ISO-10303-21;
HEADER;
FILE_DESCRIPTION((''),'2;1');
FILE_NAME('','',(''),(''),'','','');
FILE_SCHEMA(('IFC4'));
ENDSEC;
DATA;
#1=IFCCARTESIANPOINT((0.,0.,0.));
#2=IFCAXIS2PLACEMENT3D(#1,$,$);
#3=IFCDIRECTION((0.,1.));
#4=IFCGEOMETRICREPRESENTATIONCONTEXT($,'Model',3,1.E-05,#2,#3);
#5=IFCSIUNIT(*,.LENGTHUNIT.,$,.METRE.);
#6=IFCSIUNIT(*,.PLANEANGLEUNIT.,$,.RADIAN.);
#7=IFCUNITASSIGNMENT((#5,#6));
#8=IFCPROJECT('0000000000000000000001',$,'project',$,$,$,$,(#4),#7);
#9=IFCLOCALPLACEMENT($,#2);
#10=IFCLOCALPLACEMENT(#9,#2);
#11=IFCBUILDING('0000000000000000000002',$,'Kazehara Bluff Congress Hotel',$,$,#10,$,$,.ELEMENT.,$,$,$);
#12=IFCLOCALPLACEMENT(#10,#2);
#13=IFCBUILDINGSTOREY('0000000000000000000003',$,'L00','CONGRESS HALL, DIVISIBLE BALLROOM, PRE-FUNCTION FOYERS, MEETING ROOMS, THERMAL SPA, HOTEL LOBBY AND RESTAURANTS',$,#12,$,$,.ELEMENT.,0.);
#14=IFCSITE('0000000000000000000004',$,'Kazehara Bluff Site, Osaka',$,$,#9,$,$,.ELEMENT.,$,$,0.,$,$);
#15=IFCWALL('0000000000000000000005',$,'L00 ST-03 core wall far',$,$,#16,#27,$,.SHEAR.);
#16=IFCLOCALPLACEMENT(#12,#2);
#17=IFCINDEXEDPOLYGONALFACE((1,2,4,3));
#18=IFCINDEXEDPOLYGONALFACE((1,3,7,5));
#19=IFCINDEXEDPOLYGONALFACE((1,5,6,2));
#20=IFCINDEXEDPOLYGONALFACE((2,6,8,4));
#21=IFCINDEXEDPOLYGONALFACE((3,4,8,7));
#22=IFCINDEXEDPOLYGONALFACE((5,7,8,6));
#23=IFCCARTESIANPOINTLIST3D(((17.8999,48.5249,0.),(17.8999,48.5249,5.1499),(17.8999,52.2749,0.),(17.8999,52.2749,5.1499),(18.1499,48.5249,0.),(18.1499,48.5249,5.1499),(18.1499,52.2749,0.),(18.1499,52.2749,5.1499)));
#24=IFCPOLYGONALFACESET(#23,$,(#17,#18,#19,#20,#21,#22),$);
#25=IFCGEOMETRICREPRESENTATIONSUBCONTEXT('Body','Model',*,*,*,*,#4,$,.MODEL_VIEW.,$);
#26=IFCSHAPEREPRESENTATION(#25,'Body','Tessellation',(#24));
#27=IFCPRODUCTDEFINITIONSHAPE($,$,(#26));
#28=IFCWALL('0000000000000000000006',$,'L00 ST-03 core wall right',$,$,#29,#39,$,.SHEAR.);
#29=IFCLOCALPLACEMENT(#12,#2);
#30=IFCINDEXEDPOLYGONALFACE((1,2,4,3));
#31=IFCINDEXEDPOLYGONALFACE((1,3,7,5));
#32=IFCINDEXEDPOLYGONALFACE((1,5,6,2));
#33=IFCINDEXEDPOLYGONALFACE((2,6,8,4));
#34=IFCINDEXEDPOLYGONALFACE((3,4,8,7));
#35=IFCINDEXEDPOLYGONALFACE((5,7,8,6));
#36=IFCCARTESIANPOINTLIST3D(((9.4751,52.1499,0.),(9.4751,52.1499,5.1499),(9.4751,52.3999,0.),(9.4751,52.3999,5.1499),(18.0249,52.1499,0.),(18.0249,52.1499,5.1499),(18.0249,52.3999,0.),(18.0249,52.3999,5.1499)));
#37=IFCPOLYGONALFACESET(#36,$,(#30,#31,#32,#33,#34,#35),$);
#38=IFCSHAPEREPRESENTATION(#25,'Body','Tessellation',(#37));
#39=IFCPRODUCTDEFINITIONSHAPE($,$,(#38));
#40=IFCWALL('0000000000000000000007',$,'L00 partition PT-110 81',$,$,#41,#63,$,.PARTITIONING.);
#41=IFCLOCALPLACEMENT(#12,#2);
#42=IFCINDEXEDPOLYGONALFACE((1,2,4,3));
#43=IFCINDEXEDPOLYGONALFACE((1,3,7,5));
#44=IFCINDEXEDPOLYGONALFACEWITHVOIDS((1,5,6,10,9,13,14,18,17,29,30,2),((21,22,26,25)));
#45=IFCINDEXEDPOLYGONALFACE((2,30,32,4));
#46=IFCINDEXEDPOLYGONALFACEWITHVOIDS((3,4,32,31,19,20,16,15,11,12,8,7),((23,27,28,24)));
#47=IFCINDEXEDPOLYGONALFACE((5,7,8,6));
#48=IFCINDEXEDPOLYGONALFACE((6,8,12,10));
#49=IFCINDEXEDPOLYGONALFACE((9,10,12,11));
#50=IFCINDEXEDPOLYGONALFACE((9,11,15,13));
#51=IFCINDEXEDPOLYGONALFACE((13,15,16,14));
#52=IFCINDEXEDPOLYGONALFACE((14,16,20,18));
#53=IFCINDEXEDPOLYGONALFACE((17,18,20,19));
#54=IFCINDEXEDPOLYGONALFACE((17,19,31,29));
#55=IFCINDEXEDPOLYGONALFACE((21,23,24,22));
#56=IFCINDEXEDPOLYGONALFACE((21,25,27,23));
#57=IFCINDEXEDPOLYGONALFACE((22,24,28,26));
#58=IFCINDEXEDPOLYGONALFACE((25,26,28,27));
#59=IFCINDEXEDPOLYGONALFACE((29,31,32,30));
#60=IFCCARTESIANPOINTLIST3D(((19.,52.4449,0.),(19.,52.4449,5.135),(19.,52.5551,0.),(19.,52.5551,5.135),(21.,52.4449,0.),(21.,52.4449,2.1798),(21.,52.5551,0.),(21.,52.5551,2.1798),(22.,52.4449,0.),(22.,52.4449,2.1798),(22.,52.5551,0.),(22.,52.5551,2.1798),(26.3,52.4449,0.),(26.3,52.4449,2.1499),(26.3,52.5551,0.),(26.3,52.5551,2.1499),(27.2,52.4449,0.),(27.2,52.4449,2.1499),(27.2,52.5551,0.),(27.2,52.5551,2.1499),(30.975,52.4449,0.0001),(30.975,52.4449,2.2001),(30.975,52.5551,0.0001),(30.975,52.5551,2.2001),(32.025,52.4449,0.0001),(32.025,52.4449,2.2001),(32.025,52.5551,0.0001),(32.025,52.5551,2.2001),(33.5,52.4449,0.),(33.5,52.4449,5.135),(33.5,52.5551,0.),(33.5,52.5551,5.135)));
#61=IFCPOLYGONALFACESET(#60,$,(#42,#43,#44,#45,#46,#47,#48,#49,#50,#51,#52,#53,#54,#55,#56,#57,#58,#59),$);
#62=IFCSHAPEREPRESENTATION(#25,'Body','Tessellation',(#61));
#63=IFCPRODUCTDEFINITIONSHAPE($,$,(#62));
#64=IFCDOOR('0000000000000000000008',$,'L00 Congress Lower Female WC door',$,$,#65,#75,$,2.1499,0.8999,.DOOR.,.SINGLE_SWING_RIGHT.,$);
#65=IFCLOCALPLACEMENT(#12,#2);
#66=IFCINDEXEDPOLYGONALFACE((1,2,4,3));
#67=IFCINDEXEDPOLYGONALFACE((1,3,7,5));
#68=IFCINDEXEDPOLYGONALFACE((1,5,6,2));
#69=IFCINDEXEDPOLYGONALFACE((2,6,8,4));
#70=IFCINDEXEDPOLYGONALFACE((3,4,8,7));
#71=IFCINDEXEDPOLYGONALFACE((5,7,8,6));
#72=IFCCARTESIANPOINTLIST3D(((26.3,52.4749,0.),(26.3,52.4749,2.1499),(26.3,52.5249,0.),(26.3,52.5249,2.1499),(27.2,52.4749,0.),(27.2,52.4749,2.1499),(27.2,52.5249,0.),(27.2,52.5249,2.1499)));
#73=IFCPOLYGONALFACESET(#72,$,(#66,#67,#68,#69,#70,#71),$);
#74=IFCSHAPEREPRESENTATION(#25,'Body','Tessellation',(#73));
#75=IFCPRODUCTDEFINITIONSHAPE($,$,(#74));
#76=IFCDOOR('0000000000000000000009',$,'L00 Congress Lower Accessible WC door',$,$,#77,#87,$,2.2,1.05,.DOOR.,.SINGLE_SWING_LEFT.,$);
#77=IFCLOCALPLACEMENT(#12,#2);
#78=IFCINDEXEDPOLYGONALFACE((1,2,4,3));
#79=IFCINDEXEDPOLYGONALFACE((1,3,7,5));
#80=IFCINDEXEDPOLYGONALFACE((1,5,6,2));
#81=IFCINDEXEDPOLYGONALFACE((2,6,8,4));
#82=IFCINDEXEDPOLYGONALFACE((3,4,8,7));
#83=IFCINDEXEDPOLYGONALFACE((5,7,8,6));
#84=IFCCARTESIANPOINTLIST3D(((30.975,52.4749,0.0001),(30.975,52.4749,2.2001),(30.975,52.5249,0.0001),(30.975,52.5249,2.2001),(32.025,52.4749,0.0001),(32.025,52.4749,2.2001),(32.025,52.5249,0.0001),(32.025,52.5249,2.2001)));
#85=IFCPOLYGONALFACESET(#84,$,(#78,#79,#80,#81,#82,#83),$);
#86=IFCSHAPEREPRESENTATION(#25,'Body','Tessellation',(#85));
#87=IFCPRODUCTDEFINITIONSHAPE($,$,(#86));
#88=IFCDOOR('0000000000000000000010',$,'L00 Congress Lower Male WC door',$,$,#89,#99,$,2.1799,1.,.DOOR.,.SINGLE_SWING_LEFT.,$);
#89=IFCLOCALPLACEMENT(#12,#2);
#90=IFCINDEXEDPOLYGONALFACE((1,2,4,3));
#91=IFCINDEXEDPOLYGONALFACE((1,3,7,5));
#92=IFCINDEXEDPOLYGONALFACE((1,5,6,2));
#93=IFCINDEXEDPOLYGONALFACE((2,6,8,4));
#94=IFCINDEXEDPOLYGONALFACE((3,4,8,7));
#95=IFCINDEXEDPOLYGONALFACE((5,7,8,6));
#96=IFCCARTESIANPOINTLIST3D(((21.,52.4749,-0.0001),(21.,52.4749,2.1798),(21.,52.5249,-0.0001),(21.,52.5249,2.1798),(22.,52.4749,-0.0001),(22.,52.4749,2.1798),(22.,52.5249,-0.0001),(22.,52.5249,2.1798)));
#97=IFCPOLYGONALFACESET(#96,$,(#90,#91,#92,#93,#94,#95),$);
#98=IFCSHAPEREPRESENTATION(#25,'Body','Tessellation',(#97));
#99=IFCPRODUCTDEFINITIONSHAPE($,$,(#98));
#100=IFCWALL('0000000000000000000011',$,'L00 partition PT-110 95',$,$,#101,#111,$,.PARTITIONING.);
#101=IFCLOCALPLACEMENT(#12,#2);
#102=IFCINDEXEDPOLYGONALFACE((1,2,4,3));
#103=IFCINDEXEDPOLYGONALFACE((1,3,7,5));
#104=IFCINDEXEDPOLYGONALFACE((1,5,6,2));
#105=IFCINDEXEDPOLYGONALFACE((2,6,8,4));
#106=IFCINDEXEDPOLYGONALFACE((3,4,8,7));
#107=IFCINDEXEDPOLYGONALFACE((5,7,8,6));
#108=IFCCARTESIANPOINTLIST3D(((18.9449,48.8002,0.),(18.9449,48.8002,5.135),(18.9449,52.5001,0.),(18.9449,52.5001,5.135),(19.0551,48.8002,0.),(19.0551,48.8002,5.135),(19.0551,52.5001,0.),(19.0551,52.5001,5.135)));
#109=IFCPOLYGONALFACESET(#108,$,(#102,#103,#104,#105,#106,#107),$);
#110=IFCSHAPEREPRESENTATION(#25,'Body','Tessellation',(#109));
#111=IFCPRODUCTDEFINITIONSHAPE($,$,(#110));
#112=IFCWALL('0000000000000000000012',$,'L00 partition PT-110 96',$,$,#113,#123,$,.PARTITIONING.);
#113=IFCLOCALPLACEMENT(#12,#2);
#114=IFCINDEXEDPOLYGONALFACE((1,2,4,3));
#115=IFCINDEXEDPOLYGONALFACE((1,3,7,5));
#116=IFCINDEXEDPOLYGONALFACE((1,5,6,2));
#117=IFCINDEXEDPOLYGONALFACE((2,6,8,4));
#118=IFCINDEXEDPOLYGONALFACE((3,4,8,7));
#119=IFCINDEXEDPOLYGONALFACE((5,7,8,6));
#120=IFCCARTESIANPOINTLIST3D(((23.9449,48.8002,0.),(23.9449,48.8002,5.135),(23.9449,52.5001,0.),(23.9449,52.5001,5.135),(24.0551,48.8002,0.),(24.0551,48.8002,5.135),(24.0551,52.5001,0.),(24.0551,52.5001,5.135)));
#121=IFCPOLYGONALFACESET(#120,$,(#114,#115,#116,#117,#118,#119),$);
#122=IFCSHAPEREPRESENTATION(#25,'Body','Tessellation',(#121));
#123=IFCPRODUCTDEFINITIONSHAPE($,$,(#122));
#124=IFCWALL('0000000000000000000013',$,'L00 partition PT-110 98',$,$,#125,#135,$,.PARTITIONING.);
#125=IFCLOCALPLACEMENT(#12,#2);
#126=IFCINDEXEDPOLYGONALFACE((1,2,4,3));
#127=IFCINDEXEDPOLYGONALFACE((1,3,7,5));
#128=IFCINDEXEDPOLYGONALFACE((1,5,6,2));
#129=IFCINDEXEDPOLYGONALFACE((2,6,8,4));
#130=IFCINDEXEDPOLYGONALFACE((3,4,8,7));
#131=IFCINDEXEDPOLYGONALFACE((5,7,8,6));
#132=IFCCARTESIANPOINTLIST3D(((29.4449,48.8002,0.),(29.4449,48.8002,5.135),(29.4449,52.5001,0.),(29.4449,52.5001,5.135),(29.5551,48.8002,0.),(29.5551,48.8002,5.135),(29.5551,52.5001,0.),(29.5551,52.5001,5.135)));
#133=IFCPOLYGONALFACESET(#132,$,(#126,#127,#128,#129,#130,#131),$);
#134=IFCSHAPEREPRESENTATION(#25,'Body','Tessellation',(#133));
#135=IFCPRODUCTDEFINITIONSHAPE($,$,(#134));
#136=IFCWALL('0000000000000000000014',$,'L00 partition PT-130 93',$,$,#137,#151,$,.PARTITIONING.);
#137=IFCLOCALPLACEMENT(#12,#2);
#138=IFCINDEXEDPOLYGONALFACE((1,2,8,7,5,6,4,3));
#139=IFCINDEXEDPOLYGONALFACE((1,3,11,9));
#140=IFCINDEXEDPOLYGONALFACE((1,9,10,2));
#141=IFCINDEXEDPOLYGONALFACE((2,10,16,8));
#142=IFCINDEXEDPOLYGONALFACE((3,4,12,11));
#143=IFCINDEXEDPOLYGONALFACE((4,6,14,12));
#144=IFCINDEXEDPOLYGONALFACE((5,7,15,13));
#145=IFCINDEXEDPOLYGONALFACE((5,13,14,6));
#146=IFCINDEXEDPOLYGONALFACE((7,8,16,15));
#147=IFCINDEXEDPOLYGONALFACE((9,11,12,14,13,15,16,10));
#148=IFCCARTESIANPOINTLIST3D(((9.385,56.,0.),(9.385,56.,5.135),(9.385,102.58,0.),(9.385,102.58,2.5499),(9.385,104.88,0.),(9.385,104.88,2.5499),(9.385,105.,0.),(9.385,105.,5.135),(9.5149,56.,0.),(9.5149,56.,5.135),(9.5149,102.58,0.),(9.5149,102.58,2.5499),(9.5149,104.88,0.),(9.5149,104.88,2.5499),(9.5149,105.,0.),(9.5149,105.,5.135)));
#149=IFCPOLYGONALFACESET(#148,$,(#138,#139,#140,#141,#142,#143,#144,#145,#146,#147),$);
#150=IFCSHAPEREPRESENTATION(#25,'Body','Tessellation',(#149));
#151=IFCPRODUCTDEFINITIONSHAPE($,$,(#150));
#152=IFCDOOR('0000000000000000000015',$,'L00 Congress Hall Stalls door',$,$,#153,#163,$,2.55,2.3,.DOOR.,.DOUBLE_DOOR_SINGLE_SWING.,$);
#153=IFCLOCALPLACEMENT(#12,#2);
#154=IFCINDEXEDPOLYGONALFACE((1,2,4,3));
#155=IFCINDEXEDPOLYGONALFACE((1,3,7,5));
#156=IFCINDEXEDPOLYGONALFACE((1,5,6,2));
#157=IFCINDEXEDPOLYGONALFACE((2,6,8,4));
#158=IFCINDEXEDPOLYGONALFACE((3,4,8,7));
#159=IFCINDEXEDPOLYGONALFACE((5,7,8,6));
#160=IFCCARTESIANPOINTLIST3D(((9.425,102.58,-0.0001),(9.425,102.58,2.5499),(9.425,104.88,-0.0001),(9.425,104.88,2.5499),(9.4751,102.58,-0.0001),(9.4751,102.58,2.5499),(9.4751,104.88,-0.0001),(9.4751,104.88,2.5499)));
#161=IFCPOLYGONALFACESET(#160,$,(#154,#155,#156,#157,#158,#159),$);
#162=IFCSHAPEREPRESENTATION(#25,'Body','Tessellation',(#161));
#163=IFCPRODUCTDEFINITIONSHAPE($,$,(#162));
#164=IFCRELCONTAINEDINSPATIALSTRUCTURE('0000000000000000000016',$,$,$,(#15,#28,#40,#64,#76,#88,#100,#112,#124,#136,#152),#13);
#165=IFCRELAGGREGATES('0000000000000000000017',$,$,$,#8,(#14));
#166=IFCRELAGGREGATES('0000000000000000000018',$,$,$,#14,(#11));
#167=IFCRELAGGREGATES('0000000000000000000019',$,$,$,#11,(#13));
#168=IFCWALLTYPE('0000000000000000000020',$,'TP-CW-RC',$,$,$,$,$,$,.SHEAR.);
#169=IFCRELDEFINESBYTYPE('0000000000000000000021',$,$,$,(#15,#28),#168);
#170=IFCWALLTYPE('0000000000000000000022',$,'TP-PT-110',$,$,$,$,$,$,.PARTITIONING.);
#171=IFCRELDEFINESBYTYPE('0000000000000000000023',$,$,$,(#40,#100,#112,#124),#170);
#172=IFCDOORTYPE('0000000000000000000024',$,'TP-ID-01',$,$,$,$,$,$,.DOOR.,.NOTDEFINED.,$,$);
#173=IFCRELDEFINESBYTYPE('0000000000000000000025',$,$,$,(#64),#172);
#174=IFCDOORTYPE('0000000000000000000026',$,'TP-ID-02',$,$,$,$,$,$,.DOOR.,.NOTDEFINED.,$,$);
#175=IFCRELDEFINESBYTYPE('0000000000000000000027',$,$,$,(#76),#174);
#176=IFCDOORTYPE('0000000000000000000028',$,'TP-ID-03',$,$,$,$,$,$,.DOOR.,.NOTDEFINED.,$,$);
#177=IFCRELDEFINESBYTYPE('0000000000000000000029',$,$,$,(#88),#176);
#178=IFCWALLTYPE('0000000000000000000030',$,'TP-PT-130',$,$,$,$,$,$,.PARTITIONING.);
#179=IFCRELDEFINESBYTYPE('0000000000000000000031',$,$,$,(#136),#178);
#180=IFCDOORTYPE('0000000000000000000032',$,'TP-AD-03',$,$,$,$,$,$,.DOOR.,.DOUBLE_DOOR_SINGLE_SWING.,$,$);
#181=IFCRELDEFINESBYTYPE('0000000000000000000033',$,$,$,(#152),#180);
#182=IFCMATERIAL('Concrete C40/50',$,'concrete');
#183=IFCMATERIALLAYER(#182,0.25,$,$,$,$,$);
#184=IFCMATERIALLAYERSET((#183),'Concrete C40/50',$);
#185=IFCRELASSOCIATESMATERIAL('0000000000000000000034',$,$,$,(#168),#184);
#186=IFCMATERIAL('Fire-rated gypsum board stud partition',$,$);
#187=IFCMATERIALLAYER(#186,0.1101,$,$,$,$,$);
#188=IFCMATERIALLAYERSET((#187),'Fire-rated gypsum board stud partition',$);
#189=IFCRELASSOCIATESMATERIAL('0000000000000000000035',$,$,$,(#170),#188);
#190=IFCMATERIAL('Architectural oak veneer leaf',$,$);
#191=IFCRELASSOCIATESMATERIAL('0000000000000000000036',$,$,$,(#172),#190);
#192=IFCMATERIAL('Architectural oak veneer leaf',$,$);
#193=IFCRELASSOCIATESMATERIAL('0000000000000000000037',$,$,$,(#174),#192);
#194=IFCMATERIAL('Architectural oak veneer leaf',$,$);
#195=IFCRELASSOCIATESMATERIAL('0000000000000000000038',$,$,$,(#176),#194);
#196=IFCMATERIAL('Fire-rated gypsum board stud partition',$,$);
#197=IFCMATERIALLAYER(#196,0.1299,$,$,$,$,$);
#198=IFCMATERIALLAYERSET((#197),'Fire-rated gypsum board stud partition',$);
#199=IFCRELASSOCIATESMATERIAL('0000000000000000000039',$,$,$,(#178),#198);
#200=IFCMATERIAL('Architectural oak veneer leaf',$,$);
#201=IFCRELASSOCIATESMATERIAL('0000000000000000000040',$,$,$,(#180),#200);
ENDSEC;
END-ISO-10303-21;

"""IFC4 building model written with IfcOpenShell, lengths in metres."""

from ifc_helpers import new_model, si_unit, direction, frame, frame_2d, origin, place, context, subcontext, project, spatial, rectangle, extrude, material, layer, layer_set, type_object, element, fill, save


model = new_model("IFC4")

# Units and contexts
model_context = context("Model", 3, precision=1e-05, world=origin(), true_north=direction((0.0, 1.0)))
body_context = subcontext(model_context, "Body", "Model", "MODEL_VIEW")
ifc_project = project(units=[si_unit("LENGTHUNIT", "METRE"), si_unit("PLANEANGLEUNIT", "RADIAN")], contexts=[model_context])

# Site, building, storey
site_placement = place(None, origin())
site = spatial("IfcSite", under=ifc_project, at=site_placement, Name="Kazehara Bluff Site, Osaka", CompositionType="ELEMENT", RefElevation=0.0)
building_placement = place(site_placement, origin())
building = spatial("IfcBuilding", under=site, at=building_placement, Name="Kazehara Bluff Congress Hotel", CompositionType="ELEMENT")
storey_placement = place(building_placement, origin())
storey = spatial("IfcBuildingStorey", under=building, at=storey_placement, Name="L00", Description="CONGRESS HALL, DIVISIBLE BALLROOM, PRE-FUNCTION FOYERS, MEETING ROOMS, THERMAL SPA, HOTEL LOBBY AND RESTAURANTS", CompositionType="ELEMENT", Elevation=0.0)

# Walls
ifc_material_1 = material(Name="Concrete C40/50", Category="concrete")
ifc_layer_1 = layer(ifc_material_1, 0.25)
ifc_layer_set_1 = layer_set([ifc_layer_1], Name="Concrete C40/50")
wall_type_1 = type_object("IfcWallType", Name="TP-CW-RC", PredefinedType="SHEAR", material=ifc_layer_set_1)
wall_1_placement = place(storey_placement, frame((18.0249, 52.2749, 0.0), z_axis=(0.0, 0.0, 1.0), x_axis=(0.0, -1.0, 0.0)))
element("IfcWall", 1, at=wall_1_placement, inside=storey, type_object=wall_type_1, Name="L00 ST-03 core wall far", PredefinedType="SHEAR", context=body_context, shape_type="SweptSolid", body=[
    extrude(rectangle(XDim=3.75, YDim=0.25, at=frame_2d((1.875, 0.0))), origin(), (0.0, 0.0, 1.0), 5.1499),
])
wall_2_placement = place(storey_placement, frame((9.4751, 52.2749, 0.0), z_axis=(0.0, 0.0, 1.0), x_axis=(1.0, 0.0, 0.0)))
element("IfcWall", 2, at=wall_2_placement, inside=storey, type_object=wall_type_1, Name="L00 ST-03 core wall right", PredefinedType="SHEAR", context=body_context, shape_type="SweptSolid", body=[
    extrude(rectangle(XDim=8.5498, YDim=0.25, at=frame_2d((4.2749, 0.0))), origin(), (0.0, 0.0, 1.0), 5.1499),
])

# Wall, openings, doors
ifc_material_2 = material(Name="Fire-rated gypsum board stud partition")
ifc_layer_2 = layer(ifc_material_2, 0.1101)
ifc_layer_set_2 = layer_set([ifc_layer_2], Name="Fire-rated gypsum board stud partition")
wall_type_2 = type_object("IfcWallType", Name="TP-PT-110", PredefinedType="PARTITIONING", material=ifc_layer_set_2)
wall_3_placement = place(storey_placement, frame((19.0, 52.5, 0.0), z_axis=(0.0, 0.0, 1.0), x_axis=(1.0, 0.0, 0.0)))
wall_3 = element("IfcWall", 3, at=wall_3_placement, inside=storey, type_object=wall_type_2, Name="L00 partition PT-110 81", PredefinedType="PARTITIONING", context=body_context, shape_type="SweptSolid", body=[
    extrude(rectangle(XDim=14.5, YDim=0.1101, at=frame_2d((7.25, 0.0))), origin(), (0.0, 0.0, 1.0), 5.135),
])
opening_1_placement = place(wall_3_placement, frame((2.0, 0.0, 0.0)))
opening_1 = element("IfcOpeningElement", 4, at=opening_1_placement, cuts=wall_3, PredefinedType="OPENING", context=body_context, shape_type="SweptSolid", body=[
    extrude(rectangle(XDim=1.0, YDim=2.1799, at=frame_2d((0.5, 1.0898))), frame((0.0, 0.0649, 0.0), z_axis=(0.0, -1.0, 0.0), x_axis=(1.0, 0.0, 0.0)), (0.0, 0.0, 1.0), 0.1301),
])
opening_2_placement = place(wall_3_placement, frame((7.3, 0.0, 0.0)))
opening_2 = element("IfcOpeningElement", 5, at=opening_2_placement, cuts=wall_3, PredefinedType="OPENING", context=body_context, shape_type="SweptSolid", body=[
    extrude(rectangle(XDim=0.8999, YDim=2.1499, at=frame_2d((0.45, 1.075))), frame((0.0, 0.0649, 0.0), z_axis=(0.0, -1.0, 0.0), x_axis=(1.0, 0.0, 0.0)), (0.0, 0.0, 1.0), 0.1301),
])
opening_3_placement = place(wall_3_placement, frame((11.9751, 0.0, 0.0)))
opening_3 = element("IfcOpeningElement", 6, at=opening_3_placement, cuts=wall_3, PredefinedType="OPENING", context=body_context, shape_type="SweptSolid", body=[
    extrude(rectangle(XDim=1.05, YDim=2.2, at=frame_2d((0.5249, 1.1001))), frame((0.0, 0.0649, 0.0), z_axis=(0.0, -1.0, 0.0), x_axis=(1.0, 0.0, 0.0)), (0.0, 0.0, 1.0), 0.1301),
])
ifc_material_3 = material(Name="Architectural oak veneer leaf")
door_type_1 = type_object("IfcDoorType", Name="TP-ID-01", OperationType="NOTDEFINED", PredefinedType="DOOR", material=ifc_material_3)
door_1_placement = place(opening_2_placement, origin())
door_1 = element("IfcDoor", 7, at=door_1_placement, inside=storey, type_object=door_type_1, Name="L00 Congress Lower Female WC door", OperationType="SINGLE_SWING_RIGHT", OverallHeight=2.1499, OverallWidth=0.8999, PredefinedType="DOOR", context=body_context, shape_type="SweptSolid", body=[
    extrude(rectangle(XDim=0.8999, YDim=2.1499, at=frame_2d((0.45, 1.075))), frame((0.0, 0.0249, 0.0), z_axis=(0.0, -1.0, 0.0), x_axis=(1.0, 0.0, 0.0)), (0.0, 0.0, 1.0), 0.05),
])
fill(opening_2, door_1)
ifc_material_4 = material(Name="Architectural oak veneer leaf")
door_type_2 = type_object("IfcDoorType", Name="TP-ID-02", OperationType="NOTDEFINED", PredefinedType="DOOR", material=ifc_material_4)
door_2_placement = place(opening_3_placement, origin())
door_2 = element("IfcDoor", 8, at=door_2_placement, inside=storey, type_object=door_type_2, Name="L00 Congress Lower Accessible WC door", OperationType="SINGLE_SWING_LEFT", OverallHeight=2.2, OverallWidth=1.05, PredefinedType="DOOR", context=body_context, shape_type="SweptSolid", body=[
    extrude(rectangle(XDim=1.05, YDim=2.2, at=frame_2d((0.5249, 1.1001))), frame((0.0, 0.0249, 0.0), z_axis=(0.0, -1.0, 0.0), x_axis=(1.0, 0.0, 0.0)), (0.0, 0.0, 1.0), 0.05),
])
fill(opening_3, door_2)
ifc_material_5 = material(Name="Architectural oak veneer leaf")
door_type_3 = type_object("IfcDoorType", Name="TP-ID-03", OperationType="NOTDEFINED", PredefinedType="DOOR", material=ifc_material_5)
door_3_placement = place(opening_1_placement, origin())
door_3 = element("IfcDoor", 9, at=door_3_placement, inside=storey, type_object=door_type_3, Name="L00 Congress Lower Male WC door", OperationType="SINGLE_SWING_LEFT", OverallHeight=2.1799, OverallWidth=1.0, PredefinedType="DOOR", context=body_context, shape_type="SweptSolid", body=[
    extrude(rectangle(XDim=1.0, YDim=2.1799, at=frame_2d((0.5, 1.0898))), frame((0.0, 0.0249, 0.0), z_axis=(0.0, -1.0, 0.0), x_axis=(1.0, 0.0, 0.0)), (0.0, 0.0, 1.0), 0.05),
])
fill(opening_1, door_3)

# Walls
for number, where, z_axis, x_axis, name in (
    (10, (19.0, 48.8, 0.0), (0.0, 0.0, 1.0), (0.0, 1.0, 0.0), "L00 partition PT-110 95"),
    (11, (24.0, 48.8, 0.0), (0.0, 0.0, 1.0), (0.0, 1.0, 0.0), "L00 partition PT-110 96"),
    (12, (29.5, 48.8, 0.0), (0.0, 0.0, 1.0), (0.0, 1.0, 0.0), "L00 partition PT-110 98"),
):
    element("IfcWall", number, at=place(storey_placement, frame(where, z_axis=z_axis, x_axis=x_axis)), inside=storey, type_object=wall_type_2, Name=name, PredefinedType="PARTITIONING", context=body_context, shape_type="SweptSolid", body=[
        extrude(rectangle(XDim=3.7, YDim=0.1101, at=frame_2d((1.8501, 0.0))), origin(), (0.0, 0.0, 1.0), 5.135),
    ])

# Wall, opening, door
ifc_material_6 = material(Name="Fire-rated gypsum board stud partition")
ifc_layer_3 = layer(ifc_material_6, 0.1299)
ifc_layer_set_3 = layer_set([ifc_layer_3], Name="Fire-rated gypsum board stud partition")
wall_type_3 = type_object("IfcWallType", Name="TP-PT-130", PredefinedType="PARTITIONING", material=ifc_layer_set_3)
wall_4_placement = place(storey_placement, frame((9.45, 56.0, 0.0), z_axis=(0.0, 0.0, 1.0), x_axis=(0.0, 1.0, 0.0)))
wall_4 = element("IfcWall", 13, at=wall_4_placement, inside=storey, type_object=wall_type_3, Name="L00 partition PT-130 93", PredefinedType="PARTITIONING", context=body_context, shape_type="SweptSolid", body=[
    extrude(rectangle(XDim=49.0, YDim=0.1299, at=frame_2d((24.5, 0.0))), origin(), (0.0, 0.0, 1.0), 5.135),
])
opening_4_placement = place(wall_4_placement, frame((46.5801, 0.0, 0.0)))
opening_4 = element("IfcOpeningElement", 14, at=opening_4_placement, cuts=wall_4, PredefinedType="OPENING", context=body_context, shape_type="SweptSolid", body=[
    extrude(rectangle(XDim=2.3, YDim=2.55, at=frame_2d((1.1499, 1.2749))), frame((0.0, 0.075, 0.0), z_axis=(0.0, -1.0, 0.0), x_axis=(1.0, 0.0, 0.0)), (0.0, 0.0, 1.0), 0.1499),
])
ifc_material_7 = material(Name="Architectural oak veneer leaf")
door_type_4 = type_object("IfcDoorType", Name="TP-AD-03", OperationType="DOUBLE_DOOR_SINGLE_SWING", PredefinedType="DOOR", material=ifc_material_7)
door_4_placement = place(opening_4_placement, origin())
door_4 = element("IfcDoor", 15, at=door_4_placement, inside=storey, type_object=door_type_4, Name="L00 Congress Hall Stalls door", OperationType="DOUBLE_DOOR_SINGLE_SWING", OverallHeight=2.55, OverallWidth=2.3, PredefinedType="DOOR", context=body_context, shape_type="SweptSolid", body=[
    extrude(rectangle(XDim=2.3, YDim=2.55, at=frame_2d((1.1499, 1.2749))), frame((0.0, 0.0249, 0.0), z_axis=(0.0, -1.0, 0.0), x_axis=(1.0, 0.0, 0.0)), (0.0, 0.0, 1.0), 0.05),
])
fill(opening_4, door_4)

save(model, "model.ifc")
